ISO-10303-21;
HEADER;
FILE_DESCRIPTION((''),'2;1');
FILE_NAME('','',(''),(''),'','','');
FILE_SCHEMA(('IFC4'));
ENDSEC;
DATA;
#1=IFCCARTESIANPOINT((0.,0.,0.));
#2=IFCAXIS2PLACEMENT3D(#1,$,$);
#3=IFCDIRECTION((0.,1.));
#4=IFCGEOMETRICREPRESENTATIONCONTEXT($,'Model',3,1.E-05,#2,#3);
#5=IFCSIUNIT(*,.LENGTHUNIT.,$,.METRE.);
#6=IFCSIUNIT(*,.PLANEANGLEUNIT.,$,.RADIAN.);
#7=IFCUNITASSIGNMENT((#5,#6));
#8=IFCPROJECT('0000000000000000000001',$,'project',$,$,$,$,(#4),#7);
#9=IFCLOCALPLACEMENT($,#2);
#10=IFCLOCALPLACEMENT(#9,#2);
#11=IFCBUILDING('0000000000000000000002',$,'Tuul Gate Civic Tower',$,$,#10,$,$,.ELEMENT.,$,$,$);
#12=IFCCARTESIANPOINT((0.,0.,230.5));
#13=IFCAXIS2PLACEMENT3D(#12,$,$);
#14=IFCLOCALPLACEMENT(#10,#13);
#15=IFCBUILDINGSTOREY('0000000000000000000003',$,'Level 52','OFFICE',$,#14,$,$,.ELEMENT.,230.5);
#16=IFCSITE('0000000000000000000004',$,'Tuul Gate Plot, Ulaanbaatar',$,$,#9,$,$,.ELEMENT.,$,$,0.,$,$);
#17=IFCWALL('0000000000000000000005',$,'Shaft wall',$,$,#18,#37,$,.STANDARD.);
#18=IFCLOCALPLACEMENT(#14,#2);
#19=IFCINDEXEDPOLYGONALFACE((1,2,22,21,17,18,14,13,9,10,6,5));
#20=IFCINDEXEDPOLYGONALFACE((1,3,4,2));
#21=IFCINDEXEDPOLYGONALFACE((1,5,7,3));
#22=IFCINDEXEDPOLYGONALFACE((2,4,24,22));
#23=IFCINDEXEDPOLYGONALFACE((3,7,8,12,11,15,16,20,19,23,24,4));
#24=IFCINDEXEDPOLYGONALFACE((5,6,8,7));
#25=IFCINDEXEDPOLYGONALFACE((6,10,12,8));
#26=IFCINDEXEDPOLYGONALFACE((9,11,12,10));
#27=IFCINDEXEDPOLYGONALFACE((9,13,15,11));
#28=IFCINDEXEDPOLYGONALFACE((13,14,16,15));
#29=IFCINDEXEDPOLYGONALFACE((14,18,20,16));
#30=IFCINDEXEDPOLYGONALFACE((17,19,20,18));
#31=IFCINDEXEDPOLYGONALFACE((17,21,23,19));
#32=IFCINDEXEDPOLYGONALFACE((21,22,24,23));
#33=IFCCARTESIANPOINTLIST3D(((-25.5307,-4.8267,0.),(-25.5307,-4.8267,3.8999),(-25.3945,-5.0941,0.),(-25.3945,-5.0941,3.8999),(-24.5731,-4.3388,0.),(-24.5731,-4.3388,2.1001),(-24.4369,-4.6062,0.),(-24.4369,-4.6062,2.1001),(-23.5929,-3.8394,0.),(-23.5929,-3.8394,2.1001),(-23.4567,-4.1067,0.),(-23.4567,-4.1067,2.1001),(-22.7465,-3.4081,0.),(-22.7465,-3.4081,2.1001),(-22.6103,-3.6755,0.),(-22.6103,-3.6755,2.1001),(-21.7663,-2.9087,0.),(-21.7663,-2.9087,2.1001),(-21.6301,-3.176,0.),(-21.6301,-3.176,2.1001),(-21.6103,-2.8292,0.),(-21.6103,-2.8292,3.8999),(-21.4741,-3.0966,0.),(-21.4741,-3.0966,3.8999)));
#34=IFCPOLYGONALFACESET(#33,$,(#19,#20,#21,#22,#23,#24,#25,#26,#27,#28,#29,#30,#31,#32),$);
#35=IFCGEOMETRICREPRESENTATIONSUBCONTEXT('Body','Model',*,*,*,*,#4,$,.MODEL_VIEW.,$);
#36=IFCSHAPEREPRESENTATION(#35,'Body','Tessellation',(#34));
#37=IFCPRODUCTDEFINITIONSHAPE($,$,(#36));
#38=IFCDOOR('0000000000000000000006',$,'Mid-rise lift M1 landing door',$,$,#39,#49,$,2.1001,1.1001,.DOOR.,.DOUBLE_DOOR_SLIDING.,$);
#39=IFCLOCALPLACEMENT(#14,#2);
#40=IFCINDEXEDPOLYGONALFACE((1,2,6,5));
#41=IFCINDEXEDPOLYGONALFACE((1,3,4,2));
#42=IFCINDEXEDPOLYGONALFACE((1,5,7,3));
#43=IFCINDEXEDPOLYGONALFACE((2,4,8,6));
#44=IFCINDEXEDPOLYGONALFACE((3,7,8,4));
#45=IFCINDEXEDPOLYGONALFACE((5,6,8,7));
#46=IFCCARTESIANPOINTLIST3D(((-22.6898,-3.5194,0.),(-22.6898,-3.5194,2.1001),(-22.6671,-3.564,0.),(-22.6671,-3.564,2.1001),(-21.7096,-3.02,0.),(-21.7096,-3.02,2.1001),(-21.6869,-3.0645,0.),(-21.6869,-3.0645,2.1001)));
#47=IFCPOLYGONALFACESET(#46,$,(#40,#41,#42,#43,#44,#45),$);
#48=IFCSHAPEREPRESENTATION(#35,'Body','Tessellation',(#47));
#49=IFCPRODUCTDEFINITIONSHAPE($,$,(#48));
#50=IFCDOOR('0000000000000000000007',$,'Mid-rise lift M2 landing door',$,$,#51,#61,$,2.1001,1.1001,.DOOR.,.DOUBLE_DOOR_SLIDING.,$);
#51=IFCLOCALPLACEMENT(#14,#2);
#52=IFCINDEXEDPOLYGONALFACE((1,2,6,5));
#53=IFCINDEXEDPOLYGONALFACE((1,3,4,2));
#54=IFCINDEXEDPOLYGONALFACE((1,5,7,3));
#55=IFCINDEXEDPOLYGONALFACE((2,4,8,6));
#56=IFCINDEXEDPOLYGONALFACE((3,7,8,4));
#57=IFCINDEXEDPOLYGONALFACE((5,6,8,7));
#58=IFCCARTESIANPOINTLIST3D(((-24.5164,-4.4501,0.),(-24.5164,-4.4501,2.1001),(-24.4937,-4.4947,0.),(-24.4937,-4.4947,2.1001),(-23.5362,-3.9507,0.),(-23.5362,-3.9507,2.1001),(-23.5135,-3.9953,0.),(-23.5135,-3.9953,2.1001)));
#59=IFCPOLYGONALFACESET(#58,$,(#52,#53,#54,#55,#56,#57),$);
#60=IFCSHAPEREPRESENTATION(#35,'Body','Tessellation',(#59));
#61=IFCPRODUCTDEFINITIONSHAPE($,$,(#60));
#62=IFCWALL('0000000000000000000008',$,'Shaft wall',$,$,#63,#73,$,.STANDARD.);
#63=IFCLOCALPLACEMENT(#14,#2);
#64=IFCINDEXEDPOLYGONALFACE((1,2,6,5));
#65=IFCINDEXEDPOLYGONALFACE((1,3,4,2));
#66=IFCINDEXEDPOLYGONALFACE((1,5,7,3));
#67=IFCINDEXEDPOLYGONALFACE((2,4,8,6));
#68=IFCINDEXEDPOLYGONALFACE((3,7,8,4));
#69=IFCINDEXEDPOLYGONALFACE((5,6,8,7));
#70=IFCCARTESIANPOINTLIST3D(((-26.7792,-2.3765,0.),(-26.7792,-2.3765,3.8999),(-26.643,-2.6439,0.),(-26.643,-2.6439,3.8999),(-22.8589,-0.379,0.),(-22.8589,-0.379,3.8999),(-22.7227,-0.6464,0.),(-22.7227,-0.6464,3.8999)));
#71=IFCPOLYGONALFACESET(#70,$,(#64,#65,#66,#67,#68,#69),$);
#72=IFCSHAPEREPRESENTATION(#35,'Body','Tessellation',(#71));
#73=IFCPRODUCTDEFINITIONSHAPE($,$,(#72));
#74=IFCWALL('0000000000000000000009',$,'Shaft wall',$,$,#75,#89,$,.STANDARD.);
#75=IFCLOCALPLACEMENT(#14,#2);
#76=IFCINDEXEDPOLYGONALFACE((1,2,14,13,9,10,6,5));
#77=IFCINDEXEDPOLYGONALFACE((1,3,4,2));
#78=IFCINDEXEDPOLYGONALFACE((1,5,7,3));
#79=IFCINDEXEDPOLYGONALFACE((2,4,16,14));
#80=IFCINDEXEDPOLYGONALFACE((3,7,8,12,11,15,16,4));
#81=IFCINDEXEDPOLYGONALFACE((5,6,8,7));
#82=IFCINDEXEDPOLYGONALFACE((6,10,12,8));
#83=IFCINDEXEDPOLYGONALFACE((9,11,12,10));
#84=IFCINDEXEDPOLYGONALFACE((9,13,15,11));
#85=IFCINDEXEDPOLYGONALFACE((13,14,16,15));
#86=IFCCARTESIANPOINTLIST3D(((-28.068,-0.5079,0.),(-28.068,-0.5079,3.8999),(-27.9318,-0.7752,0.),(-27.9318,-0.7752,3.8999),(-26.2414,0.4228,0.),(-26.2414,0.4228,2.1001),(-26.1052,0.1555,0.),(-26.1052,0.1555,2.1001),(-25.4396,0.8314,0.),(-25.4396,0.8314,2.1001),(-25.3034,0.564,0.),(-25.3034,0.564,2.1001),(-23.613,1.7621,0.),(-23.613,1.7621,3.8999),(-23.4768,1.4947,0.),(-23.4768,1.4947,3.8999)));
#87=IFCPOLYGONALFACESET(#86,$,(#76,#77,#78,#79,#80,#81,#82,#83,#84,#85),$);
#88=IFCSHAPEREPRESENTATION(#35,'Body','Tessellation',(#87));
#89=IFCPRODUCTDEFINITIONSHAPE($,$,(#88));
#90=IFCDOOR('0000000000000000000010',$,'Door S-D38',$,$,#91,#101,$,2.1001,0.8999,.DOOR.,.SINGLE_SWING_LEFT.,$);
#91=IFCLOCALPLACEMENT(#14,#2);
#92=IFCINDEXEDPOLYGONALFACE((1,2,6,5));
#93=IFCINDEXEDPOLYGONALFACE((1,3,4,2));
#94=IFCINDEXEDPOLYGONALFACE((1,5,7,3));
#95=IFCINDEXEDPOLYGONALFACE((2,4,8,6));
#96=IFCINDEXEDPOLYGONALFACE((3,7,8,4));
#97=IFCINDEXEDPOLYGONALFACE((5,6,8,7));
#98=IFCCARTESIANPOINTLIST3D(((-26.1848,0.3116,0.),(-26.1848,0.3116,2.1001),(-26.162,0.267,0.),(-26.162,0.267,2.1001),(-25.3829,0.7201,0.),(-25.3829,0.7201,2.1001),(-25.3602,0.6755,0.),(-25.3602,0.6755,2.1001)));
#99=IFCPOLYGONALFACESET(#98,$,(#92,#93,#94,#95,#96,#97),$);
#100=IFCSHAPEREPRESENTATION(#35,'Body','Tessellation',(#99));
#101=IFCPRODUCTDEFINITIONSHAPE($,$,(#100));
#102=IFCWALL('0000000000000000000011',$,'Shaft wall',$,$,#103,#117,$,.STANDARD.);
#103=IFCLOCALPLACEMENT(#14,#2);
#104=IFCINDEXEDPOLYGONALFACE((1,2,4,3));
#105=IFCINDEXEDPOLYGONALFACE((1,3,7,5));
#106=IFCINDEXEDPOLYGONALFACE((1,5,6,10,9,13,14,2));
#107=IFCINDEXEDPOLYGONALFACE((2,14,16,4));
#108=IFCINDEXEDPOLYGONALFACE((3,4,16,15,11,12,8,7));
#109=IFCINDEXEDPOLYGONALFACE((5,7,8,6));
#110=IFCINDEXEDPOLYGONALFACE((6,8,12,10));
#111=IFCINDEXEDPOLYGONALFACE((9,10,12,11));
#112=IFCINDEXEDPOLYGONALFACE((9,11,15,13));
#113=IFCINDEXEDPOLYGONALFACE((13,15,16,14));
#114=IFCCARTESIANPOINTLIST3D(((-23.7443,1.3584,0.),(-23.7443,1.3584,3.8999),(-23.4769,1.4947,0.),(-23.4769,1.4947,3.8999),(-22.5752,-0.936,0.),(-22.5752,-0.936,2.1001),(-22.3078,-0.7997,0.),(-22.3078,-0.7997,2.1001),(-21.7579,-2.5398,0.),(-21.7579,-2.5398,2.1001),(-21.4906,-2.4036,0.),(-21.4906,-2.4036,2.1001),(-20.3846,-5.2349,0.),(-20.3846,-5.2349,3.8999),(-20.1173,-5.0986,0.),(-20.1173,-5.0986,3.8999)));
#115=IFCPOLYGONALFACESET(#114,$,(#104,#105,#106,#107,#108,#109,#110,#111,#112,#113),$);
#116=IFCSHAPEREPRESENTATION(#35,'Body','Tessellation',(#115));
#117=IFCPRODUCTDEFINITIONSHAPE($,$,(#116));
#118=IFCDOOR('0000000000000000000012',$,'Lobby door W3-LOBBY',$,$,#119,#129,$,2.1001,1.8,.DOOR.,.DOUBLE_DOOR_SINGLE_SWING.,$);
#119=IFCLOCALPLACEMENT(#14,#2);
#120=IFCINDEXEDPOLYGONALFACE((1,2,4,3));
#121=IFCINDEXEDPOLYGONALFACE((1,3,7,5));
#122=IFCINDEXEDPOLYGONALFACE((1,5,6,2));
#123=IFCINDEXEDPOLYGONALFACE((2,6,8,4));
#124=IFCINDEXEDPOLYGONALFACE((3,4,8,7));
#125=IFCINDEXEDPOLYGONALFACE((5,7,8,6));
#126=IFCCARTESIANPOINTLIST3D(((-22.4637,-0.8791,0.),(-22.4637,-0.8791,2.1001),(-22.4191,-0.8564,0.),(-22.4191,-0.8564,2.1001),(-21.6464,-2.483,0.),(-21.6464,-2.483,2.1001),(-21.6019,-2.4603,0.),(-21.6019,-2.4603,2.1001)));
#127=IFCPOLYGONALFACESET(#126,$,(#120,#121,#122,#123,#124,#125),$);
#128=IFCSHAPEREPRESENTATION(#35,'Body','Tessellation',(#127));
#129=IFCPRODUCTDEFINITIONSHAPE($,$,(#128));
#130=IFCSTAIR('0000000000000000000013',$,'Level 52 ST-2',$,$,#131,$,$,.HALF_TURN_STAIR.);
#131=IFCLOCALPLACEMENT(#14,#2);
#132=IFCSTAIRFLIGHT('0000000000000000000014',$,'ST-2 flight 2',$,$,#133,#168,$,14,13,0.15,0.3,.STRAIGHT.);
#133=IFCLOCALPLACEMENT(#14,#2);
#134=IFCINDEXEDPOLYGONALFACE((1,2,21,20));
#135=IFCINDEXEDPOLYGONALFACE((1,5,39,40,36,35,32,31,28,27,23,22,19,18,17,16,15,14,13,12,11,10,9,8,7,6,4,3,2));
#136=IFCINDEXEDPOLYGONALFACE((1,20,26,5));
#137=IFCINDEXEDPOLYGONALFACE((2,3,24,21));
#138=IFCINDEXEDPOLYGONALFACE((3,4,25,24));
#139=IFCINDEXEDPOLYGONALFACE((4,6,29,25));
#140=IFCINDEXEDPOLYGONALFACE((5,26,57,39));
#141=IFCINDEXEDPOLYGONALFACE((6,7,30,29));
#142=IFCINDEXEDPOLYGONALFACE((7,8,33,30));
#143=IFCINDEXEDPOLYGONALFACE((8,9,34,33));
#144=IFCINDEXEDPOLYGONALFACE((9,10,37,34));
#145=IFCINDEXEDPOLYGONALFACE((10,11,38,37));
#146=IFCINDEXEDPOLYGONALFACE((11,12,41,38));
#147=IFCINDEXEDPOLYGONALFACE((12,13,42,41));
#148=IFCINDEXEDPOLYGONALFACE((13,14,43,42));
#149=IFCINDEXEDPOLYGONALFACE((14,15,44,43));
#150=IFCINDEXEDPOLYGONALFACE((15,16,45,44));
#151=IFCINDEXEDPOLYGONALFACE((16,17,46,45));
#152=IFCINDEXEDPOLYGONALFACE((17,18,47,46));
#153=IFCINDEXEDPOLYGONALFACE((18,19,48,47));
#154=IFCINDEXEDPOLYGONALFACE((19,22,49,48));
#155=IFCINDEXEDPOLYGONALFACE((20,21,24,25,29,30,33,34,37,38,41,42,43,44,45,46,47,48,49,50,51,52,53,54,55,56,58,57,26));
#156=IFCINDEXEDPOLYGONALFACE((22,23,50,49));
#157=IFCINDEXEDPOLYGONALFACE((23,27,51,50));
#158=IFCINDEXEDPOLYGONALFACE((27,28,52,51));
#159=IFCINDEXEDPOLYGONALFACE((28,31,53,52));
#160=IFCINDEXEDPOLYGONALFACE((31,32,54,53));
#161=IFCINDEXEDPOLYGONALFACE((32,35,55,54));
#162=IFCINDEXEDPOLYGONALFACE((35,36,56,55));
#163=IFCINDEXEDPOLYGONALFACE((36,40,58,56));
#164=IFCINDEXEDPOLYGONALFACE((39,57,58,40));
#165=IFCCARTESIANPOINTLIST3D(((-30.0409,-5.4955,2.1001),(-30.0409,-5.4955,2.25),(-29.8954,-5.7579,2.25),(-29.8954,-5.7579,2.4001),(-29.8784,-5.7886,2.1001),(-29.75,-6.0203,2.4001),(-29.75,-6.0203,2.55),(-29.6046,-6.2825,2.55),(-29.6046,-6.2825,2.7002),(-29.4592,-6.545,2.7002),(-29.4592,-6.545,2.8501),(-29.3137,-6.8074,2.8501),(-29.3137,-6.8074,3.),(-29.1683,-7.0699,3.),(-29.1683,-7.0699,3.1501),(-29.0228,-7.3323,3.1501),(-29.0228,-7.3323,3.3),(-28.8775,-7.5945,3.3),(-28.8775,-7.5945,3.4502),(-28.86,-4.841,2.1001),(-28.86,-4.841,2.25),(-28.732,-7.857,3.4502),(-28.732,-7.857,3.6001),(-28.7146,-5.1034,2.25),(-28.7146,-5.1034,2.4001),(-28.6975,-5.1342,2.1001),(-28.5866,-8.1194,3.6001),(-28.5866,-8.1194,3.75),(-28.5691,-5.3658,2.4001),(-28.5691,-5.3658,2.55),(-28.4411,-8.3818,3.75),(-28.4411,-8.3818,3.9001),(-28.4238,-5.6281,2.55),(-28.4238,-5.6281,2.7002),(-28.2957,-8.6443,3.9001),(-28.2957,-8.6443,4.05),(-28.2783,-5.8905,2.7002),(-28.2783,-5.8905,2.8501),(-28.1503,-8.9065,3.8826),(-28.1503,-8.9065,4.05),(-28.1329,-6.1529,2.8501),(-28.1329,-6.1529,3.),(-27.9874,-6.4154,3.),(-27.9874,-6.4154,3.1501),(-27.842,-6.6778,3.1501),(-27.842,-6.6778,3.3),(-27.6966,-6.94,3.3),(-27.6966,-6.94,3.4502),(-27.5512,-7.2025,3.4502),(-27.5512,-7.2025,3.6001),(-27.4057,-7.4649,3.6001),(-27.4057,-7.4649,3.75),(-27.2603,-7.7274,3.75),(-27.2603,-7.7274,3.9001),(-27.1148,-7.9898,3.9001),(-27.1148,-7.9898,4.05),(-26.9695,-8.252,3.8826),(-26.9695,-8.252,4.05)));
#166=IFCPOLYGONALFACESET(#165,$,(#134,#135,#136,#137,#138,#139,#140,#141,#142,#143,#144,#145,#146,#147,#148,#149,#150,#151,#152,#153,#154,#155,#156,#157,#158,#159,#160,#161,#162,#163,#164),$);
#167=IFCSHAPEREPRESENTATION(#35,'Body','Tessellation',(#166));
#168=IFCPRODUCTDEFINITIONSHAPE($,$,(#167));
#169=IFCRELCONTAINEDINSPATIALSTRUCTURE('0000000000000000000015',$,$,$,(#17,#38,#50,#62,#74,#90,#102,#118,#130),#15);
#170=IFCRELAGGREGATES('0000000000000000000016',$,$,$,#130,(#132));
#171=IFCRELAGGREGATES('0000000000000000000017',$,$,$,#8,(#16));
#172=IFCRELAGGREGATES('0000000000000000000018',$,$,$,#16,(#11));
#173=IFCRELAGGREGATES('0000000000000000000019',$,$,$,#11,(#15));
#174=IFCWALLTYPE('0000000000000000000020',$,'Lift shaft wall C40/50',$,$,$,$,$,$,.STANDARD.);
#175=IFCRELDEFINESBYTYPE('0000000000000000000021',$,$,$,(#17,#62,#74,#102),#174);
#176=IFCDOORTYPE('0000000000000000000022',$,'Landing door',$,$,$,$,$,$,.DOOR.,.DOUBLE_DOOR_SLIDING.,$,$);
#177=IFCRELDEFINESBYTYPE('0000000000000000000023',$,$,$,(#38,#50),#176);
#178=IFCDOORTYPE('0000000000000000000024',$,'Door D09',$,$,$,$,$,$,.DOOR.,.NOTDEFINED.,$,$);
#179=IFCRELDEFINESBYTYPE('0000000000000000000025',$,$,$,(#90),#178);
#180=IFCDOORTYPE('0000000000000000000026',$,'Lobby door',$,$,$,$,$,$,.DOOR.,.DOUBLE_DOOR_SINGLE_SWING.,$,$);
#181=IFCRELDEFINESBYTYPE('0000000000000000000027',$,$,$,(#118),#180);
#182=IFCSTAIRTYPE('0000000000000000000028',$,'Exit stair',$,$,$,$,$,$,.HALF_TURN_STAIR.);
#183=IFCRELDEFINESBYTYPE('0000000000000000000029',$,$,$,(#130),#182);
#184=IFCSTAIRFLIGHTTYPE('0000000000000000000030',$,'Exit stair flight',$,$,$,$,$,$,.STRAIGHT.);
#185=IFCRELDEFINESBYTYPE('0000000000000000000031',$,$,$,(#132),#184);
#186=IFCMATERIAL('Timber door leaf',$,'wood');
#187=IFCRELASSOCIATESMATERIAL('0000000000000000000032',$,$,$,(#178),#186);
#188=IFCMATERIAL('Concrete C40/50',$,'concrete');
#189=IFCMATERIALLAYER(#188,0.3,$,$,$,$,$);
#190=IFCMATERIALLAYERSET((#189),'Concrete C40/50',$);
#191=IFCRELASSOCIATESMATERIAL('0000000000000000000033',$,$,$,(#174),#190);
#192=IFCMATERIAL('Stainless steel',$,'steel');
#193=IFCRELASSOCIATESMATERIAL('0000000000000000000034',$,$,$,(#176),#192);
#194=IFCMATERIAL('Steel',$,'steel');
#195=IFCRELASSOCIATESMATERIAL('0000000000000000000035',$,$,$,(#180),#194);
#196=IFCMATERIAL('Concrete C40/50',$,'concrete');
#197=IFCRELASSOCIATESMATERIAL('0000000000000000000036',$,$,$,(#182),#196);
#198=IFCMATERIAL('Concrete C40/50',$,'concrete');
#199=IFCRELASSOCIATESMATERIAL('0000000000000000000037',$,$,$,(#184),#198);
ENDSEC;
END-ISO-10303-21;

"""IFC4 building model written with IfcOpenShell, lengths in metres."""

from ifc_helpers import new_model, si_unit, direction, frame, frame_2d, origin, place, context, subcontext, project, spatial, polyline, rectangle, outline, extrude, material, layer, layer_set, type_object, element, fill, aggregate, save


model = new_model("IFC4")

# Units and contexts
model_context = context("Model", 3, precision=1e-05, world=origin(), true_north=direction((0.0, 1.0)))
body_context = subcontext(model_context, "Body", "Model", "MODEL_VIEW")
ifc_project = project(units=[si_unit("LENGTHUNIT", "METRE"), si_unit("PLANEANGLEUNIT", "RADIAN")], contexts=[model_context])

# Site, building, storey
site_placement = place(None, origin())
site = spatial("IfcSite", under=ifc_project, at=site_placement, Name="Tuul Gate Plot, Ulaanbaatar", CompositionType="ELEMENT", RefElevation=0.0)
building_placement = place(site_placement, origin())
building = spatial("IfcBuilding", under=site, at=building_placement, Name="Tuul Gate Civic Tower", CompositionType="ELEMENT")
storey_placement = place(building_placement, frame((0.0, 0.0, 230.5)))
storey = spatial("IfcBuildingStorey", under=building, at=storey_placement, Name="Level 52", Description="OFFICE", CompositionType="ELEMENT", Elevation=230.5)

# Shared definitions
ifc_material_1 = material(Name="Timber door leaf", Category="wood")
door_type_1 = type_object("IfcDoorType", Name="Door D09", OperationType="NOTDEFINED", PredefinedType="DOOR", material=ifc_material_1)

# Wall, openings, doors
ifc_material_2 = material(Name="Concrete C40/50", Category="concrete")
ifc_layer_1 = layer(ifc_material_2, 0.3)
ifc_layer_set_1 = layer_set([ifc_layer_1], Name="Concrete C40/50")
wall_type_1 = type_object("IfcWallType", Name="Lift shaft wall C40/50", PredefinedType="STANDARD", material=ifc_layer_set_1)
wall_1_placement = place(storey_placement, frame((-21.5422, -2.9629, 0.0), z_axis=(0.0, 0.0, 1.0), x_axis=(-0.891006, -0.453992, 0.0)))
wall_1 = element("IfcWall", 1, at=wall_1_placement, inside=storey, type_object=wall_type_1, Name="Shaft wall", PredefinedType="STANDARD", context=body_context, shape_type="SweptSolid", body=[
    extrude(rectangle(XDim=4.3999, YDim=0.3, at=frame_2d((2.2, 0.0))), origin(), (0.0, 0.0, 1.0), 3.8999),
])
opening_1_placement = place(wall_1_placement, frame((0.175, 0.0, 0.0)))
opening_1 = element("IfcOpeningElement", 2, at=opening_1_placement, cuts=wall_1, PredefinedType="OPENING", context=body_context, shape_type="SweptSolid", body=[
    extrude(rectangle(XDim=1.1001, YDim=2.1001, at=frame_2d((0.55, 1.05))), frame((0.0, 0.1602, 0.0), z_axis=(0.0, -1.0, 0.0), x_axis=(1.0, 0.0, 0.0)), (0.0, 0.0, 1.0), 0.3201),
])
opening_2_placement = place(wall_1_placement, frame((2.2251, 0.0, 0.0)))
opening_2 = element("IfcOpeningElement", 3, at=opening_2_placement, cuts=wall_1, PredefinedType="OPENING", context=body_context, shape_type="SweptSolid", body=[
    extrude(rectangle(XDim=1.1001, YDim=2.1001, at=frame_2d((0.55, 1.05))), frame((0.0, 0.1602, 0.0), z_axis=(0.0, -1.0, 0.0), x_axis=(1.0, 0.0, 0.0)), (0.0, 0.0, 1.0), 0.3201),
])
ifc_material_3 = material(Name="Stainless steel", Category="steel")
door_type_2 = type_object("IfcDoorType", Name="Landing door", OperationType="DOUBLE_DOOR_SLIDING", PredefinedType="DOOR", material=ifc_material_3)
door_1_placement = place(opening_1_placement, origin())
door_1 = element("IfcDoor", 4, at=door_1_placement, inside=storey, type_object=door_type_2, Name="Mid-rise lift M1 landing door", OperationType="DOUBLE_DOOR_SLIDING", OverallHeight=2.1001, OverallWidth=1.1001, PredefinedType="DOOR", context=body_context, shape_type="SweptSolid", body=[
    extrude(rectangle(XDim=1.1001, YDim=2.1001, at=frame_2d((0.55, 1.05))), frame((0.0, 0.0249, 0.0), z_axis=(0.0, -1.0, 0.0), x_axis=(1.0, 0.0, 0.0)), (0.0, 0.0, 1.0), 0.05),
])
fill(opening_1, door_1)
door_2_placement = place(opening_2_placement, origin())
door_2 = element("IfcDoor", 5, at=door_2_placement, inside=storey, type_object=door_type_2, Name="Mid-rise lift M2 landing door", OperationType="DOUBLE_DOOR_SLIDING", OverallHeight=2.1001, OverallWidth=1.1001, PredefinedType="DOOR", context=body_context, shape_type="SweptSolid", body=[
    extrude(rectangle(XDim=1.1001, YDim=2.1001, at=frame_2d((0.55, 1.05))), frame((0.0, 0.0249, 0.0), z_axis=(0.0, -1.0, 0.0), x_axis=(1.0, 0.0, 0.0)), (0.0, 0.0, 1.0), 0.05),
])
fill(opening_2, door_2)

# Wall
wall_2_placement = place(storey_placement, frame((-22.7908, -0.5127, 0.0), z_axis=(0.0, 0.0, 1.0), x_axis=(-0.891006, -0.453992, 0.0)))
element("IfcWall", 6, at=wall_2_placement, inside=storey, type_object=wall_type_1, Name="Shaft wall", PredefinedType="STANDARD", context=body_context, shape_type="SweptSolid", body=[
    extrude(rectangle(XDim=4.3999, YDim=0.3, at=frame_2d((2.2, 0.0))), origin(), (0.0, 0.0, 1.0), 3.8999),
])

# Walls, openings, doors
wall_3_placement = place(storey_placement, frame((-23.5449, 1.6284, 0.0), z_axis=(0.0, 0.0, 1.0), x_axis=(-0.891003, -0.453997, 0.0)))
wall_3 = element("IfcWall", 7, at=wall_3_placement, inside=storey, type_object=wall_type_1, Name="Shaft wall", PredefinedType="STANDARD", context=body_context, shape_type="SweptSolid", body=[
    extrude(rectangle(XDim=5.0, YDim=0.3, at=frame_2d((2.5, 0.0))), origin(), (0.0, 0.0, 1.0), 3.8999),
])
opening_3_placement = place(wall_3_placement, frame((2.05, 0.0, 0.0)))
opening_3 = element("IfcOpeningElement", 8, at=opening_3_placement, cuts=wall_3, PredefinedType="OPENING", context=body_context, shape_type="SweptSolid", body=[
    extrude(rectangle(XDim=0.8999, YDim=2.1001, at=frame_2d((0.45, 1.05))), frame((0.0, 0.1602, 0.0), z_axis=(0.0, -1.0, 0.0), x_axis=(1.0, 0.0, 0.0)), (0.0, 0.0, 1.0), 0.3201),
])
door_3_placement = place(opening_3_placement, origin())
door_3 = element("IfcDoor", 9, at=door_3_placement, inside=storey, type_object=door_type_1, Name="Door S-D38", OperationType="SINGLE_SWING_LEFT", OverallHeight=2.1001, OverallWidth=0.8999, PredefinedType="DOOR", context=body_context, shape_type="SweptSolid", body=[
    extrude(rectangle(XDim=0.8999, YDim=2.1001, at=frame_2d((0.45, 1.05))), frame((0.0, 0.0249, 0.0), z_axis=(0.0, -1.0, 0.0), x_axis=(1.0, 0.0, 0.0)), (0.0, 0.0, 1.0), 0.05),
])
fill(opening_3, door_3)
wall_4_placement = place(storey_placement, frame((-20.251, -5.1667, 0.0), z_axis=(0.0, 0.0, 1.0), x_axis=(-0.45401, 0.890996, 0.0)))
wall_4 = element("IfcWall", 10, at=wall_4_placement, inside=storey, type_object=wall_type_1, Name="Shaft wall", PredefinedType="STANDARD", context=body_context, shape_type="SweptSolid", body=[
    extrude(rectangle(XDim=7.3999, YDim=0.3, at=frame_2d((3.7, 0.0))), origin(), (0.0, 0.0, 1.0), 3.8999),
])
opening_4_placement = place(wall_4_placement, frame((3.0249, 0.0, 0.0)))
opening_4 = element("IfcOpeningElement", 11, at=opening_4_placement, cuts=wall_4, PredefinedType="OPENING", context=body_context, shape_type="SweptSolid", body=[
    extrude(rectangle(XDim=1.8, YDim=2.1001, at=frame_2d((0.8999, 1.05))), frame((0.0, 0.1602, 0.0), z_axis=(0.0, -1.0, 0.0), x_axis=(1.0, 0.0, 0.0)), (0.0, 0.0, 1.0), 0.3201),
])
ifc_material_4 = material(Name="Steel", Category="steel")
door_type_3 = type_object("IfcDoorType", Name="Lobby door", OperationType="DOUBLE_DOOR_SINGLE_SWING", PredefinedType="DOOR", material=ifc_material_4)
door_4_placement = place(opening_4_placement, origin())
door_4 = element("IfcDoor", 12, at=door_4_placement, inside=storey, type_object=door_type_3, Name="Lobby door W3-LOBBY", OperationType="DOUBLE_DOOR_SINGLE_SWING", OverallHeight=2.1001, OverallWidth=1.8, PredefinedType="DOOR", context=body_context, shape_type="SweptSolid", body=[
    extrude(rectangle(XDim=1.8, YDim=2.1001, at=frame_2d((0.8999, 1.05))), frame((0.0, 0.0249, 0.0), z_axis=(0.0, -1.0, 0.0), x_axis=(1.0, 0.0, 0.0)), (0.0, 0.0, 1.0), 0.05),
])
fill(opening_4, door_4)

# Stair, stair flight
ifc_material_5 = material(Name="Concrete C40/50", Category="concrete")
stair_type = type_object("IfcStairType", Name="Exit stair", PredefinedType="HALF_TURN_STAIR", material=ifc_material_5)
stair_placement = place(storey_placement, origin())
stair = element("IfcStair", 13, at=stair_placement, inside=storey, type_object=stair_type, Name="Level 52 ST-2", PredefinedType="HALF_TURN_STAIR")
ifc_material_6 = material(Name="Concrete C40/50", Category="concrete")
stair_flight_type = type_object("IfcStairFlightType", Name="Exit stair flight", PredefinedType="STRAIGHT", material=ifc_material_6)
stair_flight_placement = place(storey_placement, frame((-29.4504, -5.1682, 2.1001), z_axis=(0.0, 0.0, 1.0), x_axis=(0.484762, -0.874646, 0.0)))
stair_flight = element("IfcStairFlight", 14, at=stair_flight_placement, type_object=stair_flight_type, Name="ST-2 flight 2", NumberOfRisers=14, NumberOfTreads=13, PredefinedType="STRAIGHT", RiserHeight=0.15, TreadLength=0.3, context=body_context, shape_type="SweptSolid", body=[
    extrude(outline(polyline([(0.0, 0.0), (0.0, 0.1499), (0.3, 0.1499), (0.3, 0.3), (0.6001, 0.3), (0.6001, 0.45), (0.8999, 0.45), (0.8999, 0.6001), (1.2, 0.6001), (1.2, 0.75), (1.5, 0.75), (1.5, 0.8999), (1.8, 0.8999), (1.8, 1.05), (2.1001, 1.05), (2.1001, 1.2), (2.3999, 1.2), (2.3999, 1.3501), (2.7, 1.3501), (2.7, 1.5), (3.0, 1.5), (3.0, 1.6499), (3.3, 1.6499), (3.3, 1.8), (3.6001, 1.8), (3.6001, 1.95), (3.8999, 1.95), (3.8999, 2.1001), (3.8999, 1.7825), (0.3352, 0.0), (0.0, 0.0)])), frame((0.0, 0.675, 0.0), z_axis=(0.0, -1.0, 0.0), x_axis=(1.0, 0.0, 0.0)), (0.0, 0.0, 1.0), 1.3501),
])
aggregate(stair, [stair_flight])

save(model, "model.ifc")
